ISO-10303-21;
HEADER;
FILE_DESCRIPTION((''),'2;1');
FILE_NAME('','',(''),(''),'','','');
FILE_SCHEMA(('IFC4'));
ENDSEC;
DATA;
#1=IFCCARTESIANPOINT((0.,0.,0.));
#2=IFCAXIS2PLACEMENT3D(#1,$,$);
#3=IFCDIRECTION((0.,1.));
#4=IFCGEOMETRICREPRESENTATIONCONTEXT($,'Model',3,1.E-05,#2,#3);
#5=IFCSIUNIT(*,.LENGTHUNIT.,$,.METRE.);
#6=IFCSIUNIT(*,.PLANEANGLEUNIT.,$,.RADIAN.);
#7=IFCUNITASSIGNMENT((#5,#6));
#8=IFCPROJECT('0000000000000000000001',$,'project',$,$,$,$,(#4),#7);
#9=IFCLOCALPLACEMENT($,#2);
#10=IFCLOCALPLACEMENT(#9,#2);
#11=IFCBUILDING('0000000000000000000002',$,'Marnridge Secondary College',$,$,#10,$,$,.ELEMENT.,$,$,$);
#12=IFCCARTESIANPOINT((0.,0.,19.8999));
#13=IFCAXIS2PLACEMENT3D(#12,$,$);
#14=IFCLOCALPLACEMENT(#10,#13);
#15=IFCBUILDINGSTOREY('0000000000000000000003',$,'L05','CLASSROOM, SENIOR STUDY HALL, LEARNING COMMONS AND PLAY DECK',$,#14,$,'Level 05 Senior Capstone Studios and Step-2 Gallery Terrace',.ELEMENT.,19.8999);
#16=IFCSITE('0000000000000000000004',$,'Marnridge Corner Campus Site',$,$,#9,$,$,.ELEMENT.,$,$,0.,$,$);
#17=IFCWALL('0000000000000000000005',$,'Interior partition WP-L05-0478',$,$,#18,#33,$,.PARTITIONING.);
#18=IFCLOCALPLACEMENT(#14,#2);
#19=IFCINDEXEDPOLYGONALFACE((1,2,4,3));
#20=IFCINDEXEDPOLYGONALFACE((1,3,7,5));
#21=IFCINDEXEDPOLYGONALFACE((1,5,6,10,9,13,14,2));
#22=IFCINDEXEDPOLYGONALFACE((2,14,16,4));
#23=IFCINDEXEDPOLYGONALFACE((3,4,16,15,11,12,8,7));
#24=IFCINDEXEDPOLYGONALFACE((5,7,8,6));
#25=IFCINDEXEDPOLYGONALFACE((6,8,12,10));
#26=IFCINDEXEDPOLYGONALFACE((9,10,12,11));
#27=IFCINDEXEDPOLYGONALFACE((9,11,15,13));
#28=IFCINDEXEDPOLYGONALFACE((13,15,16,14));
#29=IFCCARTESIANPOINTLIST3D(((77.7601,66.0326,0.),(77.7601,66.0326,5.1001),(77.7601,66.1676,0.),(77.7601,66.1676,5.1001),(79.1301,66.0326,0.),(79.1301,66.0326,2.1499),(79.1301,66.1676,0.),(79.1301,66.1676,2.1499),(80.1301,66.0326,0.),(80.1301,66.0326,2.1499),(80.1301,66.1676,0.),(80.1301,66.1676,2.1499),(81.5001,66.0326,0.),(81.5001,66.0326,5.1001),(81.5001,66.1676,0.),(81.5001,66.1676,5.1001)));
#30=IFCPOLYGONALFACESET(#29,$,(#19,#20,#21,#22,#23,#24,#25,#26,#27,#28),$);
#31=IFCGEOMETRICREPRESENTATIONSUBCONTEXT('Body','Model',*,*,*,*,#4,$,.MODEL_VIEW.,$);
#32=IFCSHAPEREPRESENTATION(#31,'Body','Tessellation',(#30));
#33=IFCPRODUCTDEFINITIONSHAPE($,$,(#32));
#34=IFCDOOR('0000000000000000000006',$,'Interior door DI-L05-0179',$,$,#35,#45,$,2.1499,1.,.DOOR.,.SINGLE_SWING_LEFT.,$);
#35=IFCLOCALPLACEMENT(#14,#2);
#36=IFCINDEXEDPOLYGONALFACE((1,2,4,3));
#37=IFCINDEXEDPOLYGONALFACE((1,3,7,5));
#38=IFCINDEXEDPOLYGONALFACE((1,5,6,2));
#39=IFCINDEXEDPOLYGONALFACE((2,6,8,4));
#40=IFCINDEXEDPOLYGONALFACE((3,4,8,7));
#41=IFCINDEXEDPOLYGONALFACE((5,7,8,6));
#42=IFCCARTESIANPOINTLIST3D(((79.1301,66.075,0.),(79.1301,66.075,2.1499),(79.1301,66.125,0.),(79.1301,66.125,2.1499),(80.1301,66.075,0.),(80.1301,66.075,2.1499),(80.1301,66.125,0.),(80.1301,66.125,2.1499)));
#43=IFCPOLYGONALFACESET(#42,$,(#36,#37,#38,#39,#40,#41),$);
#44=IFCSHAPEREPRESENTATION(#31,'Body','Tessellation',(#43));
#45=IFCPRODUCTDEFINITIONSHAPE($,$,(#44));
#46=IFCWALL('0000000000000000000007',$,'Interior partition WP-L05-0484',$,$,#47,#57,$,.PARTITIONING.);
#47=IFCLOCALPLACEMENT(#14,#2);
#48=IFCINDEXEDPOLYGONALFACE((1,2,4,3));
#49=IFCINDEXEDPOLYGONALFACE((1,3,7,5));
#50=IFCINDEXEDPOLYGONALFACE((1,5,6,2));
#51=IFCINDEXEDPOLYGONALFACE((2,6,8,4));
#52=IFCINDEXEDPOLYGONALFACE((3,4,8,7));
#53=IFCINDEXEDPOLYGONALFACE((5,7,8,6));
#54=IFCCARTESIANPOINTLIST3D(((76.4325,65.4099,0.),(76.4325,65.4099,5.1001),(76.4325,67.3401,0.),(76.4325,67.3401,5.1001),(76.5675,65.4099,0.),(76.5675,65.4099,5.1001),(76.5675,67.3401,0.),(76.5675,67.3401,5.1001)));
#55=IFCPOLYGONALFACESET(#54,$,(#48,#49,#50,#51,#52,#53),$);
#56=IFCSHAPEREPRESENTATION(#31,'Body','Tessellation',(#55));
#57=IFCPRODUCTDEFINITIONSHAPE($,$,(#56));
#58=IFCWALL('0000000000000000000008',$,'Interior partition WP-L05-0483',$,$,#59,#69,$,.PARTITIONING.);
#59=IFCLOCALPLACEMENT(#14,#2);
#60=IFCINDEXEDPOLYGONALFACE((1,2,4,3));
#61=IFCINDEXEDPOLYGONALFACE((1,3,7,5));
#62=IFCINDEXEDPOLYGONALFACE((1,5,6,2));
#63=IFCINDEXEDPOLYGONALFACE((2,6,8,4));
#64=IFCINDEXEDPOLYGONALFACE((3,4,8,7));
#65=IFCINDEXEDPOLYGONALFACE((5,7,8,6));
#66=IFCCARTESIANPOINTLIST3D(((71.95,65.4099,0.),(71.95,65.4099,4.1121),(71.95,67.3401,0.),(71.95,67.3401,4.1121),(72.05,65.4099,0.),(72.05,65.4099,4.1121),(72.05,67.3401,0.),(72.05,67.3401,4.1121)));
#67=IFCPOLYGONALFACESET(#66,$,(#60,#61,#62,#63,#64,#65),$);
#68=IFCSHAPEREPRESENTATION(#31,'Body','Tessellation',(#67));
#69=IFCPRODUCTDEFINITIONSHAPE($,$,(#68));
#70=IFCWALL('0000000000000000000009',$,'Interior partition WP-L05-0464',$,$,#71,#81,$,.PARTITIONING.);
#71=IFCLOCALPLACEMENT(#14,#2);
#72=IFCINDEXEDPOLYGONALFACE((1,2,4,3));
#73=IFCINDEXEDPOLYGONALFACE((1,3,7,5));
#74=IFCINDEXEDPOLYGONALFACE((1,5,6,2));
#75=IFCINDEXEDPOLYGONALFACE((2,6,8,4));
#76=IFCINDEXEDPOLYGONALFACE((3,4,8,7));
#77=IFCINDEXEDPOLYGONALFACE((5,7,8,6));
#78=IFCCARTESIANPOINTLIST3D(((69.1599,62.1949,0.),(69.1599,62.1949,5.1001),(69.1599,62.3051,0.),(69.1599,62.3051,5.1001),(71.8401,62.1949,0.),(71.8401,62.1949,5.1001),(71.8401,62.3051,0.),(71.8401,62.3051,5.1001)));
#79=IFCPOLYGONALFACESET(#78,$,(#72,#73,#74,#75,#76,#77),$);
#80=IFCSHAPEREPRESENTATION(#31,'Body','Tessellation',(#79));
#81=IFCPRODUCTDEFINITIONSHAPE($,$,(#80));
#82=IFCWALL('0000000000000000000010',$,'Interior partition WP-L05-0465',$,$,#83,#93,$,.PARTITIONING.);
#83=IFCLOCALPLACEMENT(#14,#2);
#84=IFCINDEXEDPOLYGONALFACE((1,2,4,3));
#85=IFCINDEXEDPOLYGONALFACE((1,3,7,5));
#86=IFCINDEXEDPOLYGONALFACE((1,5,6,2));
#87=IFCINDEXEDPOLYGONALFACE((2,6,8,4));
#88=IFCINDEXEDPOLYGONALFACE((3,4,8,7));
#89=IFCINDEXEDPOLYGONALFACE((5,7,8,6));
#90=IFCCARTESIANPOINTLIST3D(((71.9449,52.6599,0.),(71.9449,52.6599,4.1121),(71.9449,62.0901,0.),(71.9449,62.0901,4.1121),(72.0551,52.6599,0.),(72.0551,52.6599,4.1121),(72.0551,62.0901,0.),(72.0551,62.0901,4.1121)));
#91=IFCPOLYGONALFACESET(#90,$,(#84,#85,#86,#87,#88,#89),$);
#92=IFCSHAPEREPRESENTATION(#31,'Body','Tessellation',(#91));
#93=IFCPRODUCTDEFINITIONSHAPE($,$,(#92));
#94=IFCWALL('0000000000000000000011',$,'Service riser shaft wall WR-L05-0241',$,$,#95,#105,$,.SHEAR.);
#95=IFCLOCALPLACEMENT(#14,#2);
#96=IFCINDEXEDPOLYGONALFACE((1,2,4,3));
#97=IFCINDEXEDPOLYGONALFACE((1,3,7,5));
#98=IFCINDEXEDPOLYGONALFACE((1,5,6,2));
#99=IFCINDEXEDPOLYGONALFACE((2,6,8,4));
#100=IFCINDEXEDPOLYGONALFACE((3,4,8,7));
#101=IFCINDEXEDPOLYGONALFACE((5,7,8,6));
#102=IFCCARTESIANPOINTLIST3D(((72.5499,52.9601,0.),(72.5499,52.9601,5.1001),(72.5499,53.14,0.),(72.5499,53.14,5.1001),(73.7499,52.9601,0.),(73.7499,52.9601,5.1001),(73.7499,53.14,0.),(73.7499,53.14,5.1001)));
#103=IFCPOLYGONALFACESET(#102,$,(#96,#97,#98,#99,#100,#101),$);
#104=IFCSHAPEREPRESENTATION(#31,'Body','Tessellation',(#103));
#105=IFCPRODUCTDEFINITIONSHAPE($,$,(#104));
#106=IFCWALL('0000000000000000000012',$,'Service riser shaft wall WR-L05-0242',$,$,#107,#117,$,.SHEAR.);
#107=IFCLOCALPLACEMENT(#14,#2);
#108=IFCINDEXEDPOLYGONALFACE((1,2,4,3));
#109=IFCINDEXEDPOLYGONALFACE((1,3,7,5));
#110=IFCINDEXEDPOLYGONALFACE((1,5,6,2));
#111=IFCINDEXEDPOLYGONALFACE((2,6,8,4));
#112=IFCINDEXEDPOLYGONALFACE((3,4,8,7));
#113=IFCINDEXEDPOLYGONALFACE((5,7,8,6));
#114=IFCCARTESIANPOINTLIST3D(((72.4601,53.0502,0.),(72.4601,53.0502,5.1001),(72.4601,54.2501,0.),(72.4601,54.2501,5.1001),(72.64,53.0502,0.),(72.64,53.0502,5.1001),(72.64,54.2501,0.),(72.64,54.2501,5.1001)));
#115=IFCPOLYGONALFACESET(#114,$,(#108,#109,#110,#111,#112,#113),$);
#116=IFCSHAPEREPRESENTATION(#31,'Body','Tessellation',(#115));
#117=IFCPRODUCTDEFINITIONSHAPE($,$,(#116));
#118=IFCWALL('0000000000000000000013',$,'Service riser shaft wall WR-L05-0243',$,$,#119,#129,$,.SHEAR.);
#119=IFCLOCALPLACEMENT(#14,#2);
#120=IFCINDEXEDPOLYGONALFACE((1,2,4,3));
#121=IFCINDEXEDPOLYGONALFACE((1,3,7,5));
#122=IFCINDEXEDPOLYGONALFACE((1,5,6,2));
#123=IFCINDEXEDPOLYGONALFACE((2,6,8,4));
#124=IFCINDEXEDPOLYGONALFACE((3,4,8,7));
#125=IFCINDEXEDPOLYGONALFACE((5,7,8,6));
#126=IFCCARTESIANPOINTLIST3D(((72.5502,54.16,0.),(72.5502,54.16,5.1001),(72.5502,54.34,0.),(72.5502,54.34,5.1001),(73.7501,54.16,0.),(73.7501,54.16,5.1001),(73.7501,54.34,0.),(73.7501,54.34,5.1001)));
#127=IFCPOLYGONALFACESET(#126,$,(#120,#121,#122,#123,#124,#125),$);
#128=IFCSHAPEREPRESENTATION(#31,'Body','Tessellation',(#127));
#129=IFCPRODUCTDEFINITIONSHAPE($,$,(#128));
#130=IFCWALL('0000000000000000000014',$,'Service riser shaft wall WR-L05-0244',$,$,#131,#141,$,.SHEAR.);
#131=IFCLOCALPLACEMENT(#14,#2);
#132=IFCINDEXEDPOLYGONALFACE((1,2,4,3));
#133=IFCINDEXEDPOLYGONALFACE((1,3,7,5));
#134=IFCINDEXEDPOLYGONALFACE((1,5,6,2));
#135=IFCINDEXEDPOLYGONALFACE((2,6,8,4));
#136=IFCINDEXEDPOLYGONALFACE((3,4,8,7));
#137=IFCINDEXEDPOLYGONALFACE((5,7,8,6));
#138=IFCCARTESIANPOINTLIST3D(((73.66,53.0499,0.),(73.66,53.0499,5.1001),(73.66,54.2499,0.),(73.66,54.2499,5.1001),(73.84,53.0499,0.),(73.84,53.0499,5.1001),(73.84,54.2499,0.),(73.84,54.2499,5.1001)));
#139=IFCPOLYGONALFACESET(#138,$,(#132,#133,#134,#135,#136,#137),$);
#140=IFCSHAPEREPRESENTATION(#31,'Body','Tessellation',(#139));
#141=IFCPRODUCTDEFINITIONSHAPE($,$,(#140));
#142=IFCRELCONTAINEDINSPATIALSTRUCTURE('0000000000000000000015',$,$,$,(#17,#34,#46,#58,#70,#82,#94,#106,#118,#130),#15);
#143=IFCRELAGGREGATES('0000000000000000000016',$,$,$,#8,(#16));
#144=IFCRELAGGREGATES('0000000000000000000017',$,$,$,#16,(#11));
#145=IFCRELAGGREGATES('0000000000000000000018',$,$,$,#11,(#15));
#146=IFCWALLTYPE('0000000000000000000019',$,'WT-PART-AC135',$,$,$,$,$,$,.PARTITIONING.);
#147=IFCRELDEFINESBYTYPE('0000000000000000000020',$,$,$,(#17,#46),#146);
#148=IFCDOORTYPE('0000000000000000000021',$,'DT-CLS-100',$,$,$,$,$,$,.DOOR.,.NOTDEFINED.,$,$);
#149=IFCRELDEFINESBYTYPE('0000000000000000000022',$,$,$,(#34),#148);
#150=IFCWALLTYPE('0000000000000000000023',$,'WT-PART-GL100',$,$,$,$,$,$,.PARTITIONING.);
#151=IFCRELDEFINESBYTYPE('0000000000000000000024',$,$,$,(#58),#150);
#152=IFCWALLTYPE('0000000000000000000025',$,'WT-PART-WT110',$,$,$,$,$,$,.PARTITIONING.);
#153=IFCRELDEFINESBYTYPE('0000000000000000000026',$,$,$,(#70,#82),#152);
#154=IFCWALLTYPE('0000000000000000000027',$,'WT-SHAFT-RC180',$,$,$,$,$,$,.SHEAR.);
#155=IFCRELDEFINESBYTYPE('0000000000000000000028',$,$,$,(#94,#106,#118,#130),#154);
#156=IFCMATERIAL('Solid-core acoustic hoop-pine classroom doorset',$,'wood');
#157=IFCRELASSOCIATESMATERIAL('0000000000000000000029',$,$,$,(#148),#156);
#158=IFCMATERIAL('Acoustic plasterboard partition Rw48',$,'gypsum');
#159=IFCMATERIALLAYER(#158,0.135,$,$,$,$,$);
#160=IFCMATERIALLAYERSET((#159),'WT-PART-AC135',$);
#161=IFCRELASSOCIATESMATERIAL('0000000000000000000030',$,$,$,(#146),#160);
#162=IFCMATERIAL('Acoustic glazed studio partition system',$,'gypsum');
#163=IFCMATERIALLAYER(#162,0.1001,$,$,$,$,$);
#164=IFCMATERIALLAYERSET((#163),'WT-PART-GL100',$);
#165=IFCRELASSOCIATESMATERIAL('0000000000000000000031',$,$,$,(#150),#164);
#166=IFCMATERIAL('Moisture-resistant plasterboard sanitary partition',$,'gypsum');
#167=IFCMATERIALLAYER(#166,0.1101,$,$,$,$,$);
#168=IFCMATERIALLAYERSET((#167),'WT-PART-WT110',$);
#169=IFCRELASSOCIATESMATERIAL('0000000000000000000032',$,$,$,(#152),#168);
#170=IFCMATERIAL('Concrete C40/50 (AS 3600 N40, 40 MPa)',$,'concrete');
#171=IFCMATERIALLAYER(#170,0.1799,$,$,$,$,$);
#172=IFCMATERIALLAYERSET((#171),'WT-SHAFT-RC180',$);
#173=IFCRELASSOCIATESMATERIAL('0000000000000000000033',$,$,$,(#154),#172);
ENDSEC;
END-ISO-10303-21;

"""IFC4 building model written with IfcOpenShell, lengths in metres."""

from ifc_helpers import new_model, si_unit, direction, frame, frame_2d, origin, place, context, subcontext, project, spatial, rectangle, extrude, material, layer, layer_set, type_object, element, fill, save


model = new_model("IFC4")

# Units and contexts
model_context = context("Model", 3, precision=1e-05, world=origin(), true_north=direction((0.0, 1.0)))
body_context = subcontext(model_context, "Body", "Model", "MODEL_VIEW")
ifc_project = project(units=[si_unit("LENGTHUNIT", "METRE"), si_unit("PLANEANGLEUNIT", "RADIAN")], contexts=[model_context])

# Site, building, storey
site_placement = place(None, origin())
site = spatial("IfcSite", under=ifc_project, at=site_placement, Name="Marnridge Corner Campus Site", CompositionType="ELEMENT", RefElevation=0.0)
building_placement = place(site_placement, origin())
building = spatial("IfcBuilding", under=site, at=building_placement, Name="Marnridge Secondary College", CompositionType="ELEMENT")
storey_placement = place(building_placement, frame((0.0, 0.0, 19.8999)))
storey = spatial("IfcBuildingStorey", under=building, at=storey_placement, Name="L05", Description="CLASSROOM, SENIOR STUDY HALL, LEARNING COMMONS AND PLAY DECK", LongName="Level 05 Senior Capstone Studios and Step-2 Gallery Terrace", CompositionType="ELEMENT", Elevation=19.8999)

# Shared definitions
ifc_material_1 = material(Name="Solid-core acoustic hoop-pine classroom doorset", Category="wood")
door_type_1 = type_object("IfcDoorType", Name="DT-CLS-100", OperationType="NOTDEFINED", PredefinedType="DOOR", material=ifc_material_1)

# Wall, opening, door
ifc_material_2 = material(Name="Acoustic plasterboard partition Rw48", Category="gypsum")
ifc_layer_1 = layer(ifc_material_2, 0.135)
ifc_layer_set_1 = layer_set([ifc_layer_1], Name="WT-PART-AC135")
wall_type_1 = type_object("IfcWallType", Name="WT-PART-AC135", PredefinedType="PARTITIONING", material=ifc_layer_set_1)
wall_1_placement = place(storey_placement, frame((77.76, 66.1001, 0.0), z_axis=(0.0, 0.0, 1.0), x_axis=(1.0, 0.0, 0.0)))
wall_1 = element("IfcWall", 1, at=wall_1_placement, inside=storey, type_object=wall_type_1, Name="Interior partition WP-L05-0478", PredefinedType="PARTITIONING", context=body_context, shape_type="SweptSolid", body=[
    extrude(rectangle(XDim=3.74, YDim=0.135, at=frame_2d((1.8701, 0.0))), origin(), (0.0, 0.0, 1.0), 5.1001),
])
opening_1_placement = place(wall_1_placement, frame((1.3701, 0.0, 0.0)))
opening_1 = element("IfcOpeningElement", 2, at=opening_1_placement, cuts=wall_1, PredefinedType="OPENING", context=body_context, shape_type="SweptSolid", body=[
    extrude(rectangle(XDim=1.0, YDim=2.1499, at=frame_2d((0.5, 1.075))), frame((0.0, 0.0774, 0.0), z_axis=(0.0, -1.0, 0.0), x_axis=(1.0, 0.0, 0.0)), (0.0, 0.0, 1.0), 0.155),
])
door_1_placement = place(opening_1_placement, origin())
door_1 = element("IfcDoor", 3, at=door_1_placement, inside=storey, type_object=door_type_1, Name="Interior door DI-L05-0179", OperationType="SINGLE_SWING_LEFT", OverallHeight=2.1499, OverallWidth=1.0, PredefinedType="DOOR", context=body_context, shape_type="SweptSolid", body=[
    extrude(rectangle(XDim=1.0, YDim=2.1499, at=frame_2d((0.5, 1.075))), frame((0.0, 0.0249, 0.0), z_axis=(0.0, -1.0, 0.0), x_axis=(1.0, 0.0, 0.0)), (0.0, 0.0, 1.0), 0.05),
])
fill(opening_1, door_1)

# Walls
wall_2_placement = place(storey_placement, frame((76.5, 65.4099, 0.0), z_axis=(0.0, 0.0, 1.0), x_axis=(0.0, 1.0, 0.0)))
element("IfcWall", 4, at=wall_2_placement, inside=storey, type_object=wall_type_1, Name="Interior partition WP-L05-0484", PredefinedType="PARTITIONING", context=body_context, shape_type="SweptSolid", body=[
    extrude(rectangle(XDim=1.9302, YDim=0.135, at=frame_2d((0.9651, 0.0))), origin(), (0.0, 0.0, 1.0), 5.1001),
])
ifc_material_3 = material(Name="Acoustic glazed studio partition system", Category="gypsum")
ifc_layer_2 = layer(ifc_material_3, 0.1001)
ifc_layer_set_2 = layer_set([ifc_layer_2], Name="WT-PART-GL100")
wall_type_2 = type_object("IfcWallType", Name="WT-PART-GL100", PredefinedType="PARTITIONING", material=ifc_layer_set_2)
wall_3_placement = place(storey_placement, frame((72.0, 65.4099, 0.0), z_axis=(0.0, 0.0, 1.0), x_axis=(0.0, 1.0, 0.0)))
element("IfcWall", 5, at=wall_3_placement, inside=storey, type_object=wall_type_2, Name="Interior partition WP-L05-0483", PredefinedType="PARTITIONING", context=body_context, shape_type="SweptSolid", body=[
    extrude(rectangle(XDim=1.9302, YDim=0.1001, at=frame_2d((0.9651, 0.0))), origin(), (0.0, 0.0, 1.0), 4.1121),
])
ifc_material_4 = material(Name="Moisture-resistant plasterboard sanitary partition", Category="gypsum")
ifc_layer_3 = layer(ifc_material_4, 0.1101)
ifc_layer_set_3 = layer_set([ifc_layer_3], Name="WT-PART-WT110")
wall_type_3 = type_object("IfcWallType", Name="WT-PART-WT110", PredefinedType="PARTITIONING", material=ifc_layer_set_3)
wall_4_placement = place(storey_placement, frame((71.8401, 62.25, 0.0), z_axis=(0.0, 0.0, 1.0), x_axis=(-1.0, 0.0, 0.0)))
element("IfcWall", 6, at=wall_4_placement, inside=storey, type_object=wall_type_3, Name="Interior partition WP-L05-0464", PredefinedType="PARTITIONING", context=body_context, shape_type="SweptSolid", body=[
    extrude(rectangle(XDim=2.6802, YDim=0.1101, at=frame_2d((1.3401, 0.0))), origin(), (0.0, 0.0, 1.0), 5.1001),
])
wall_5_placement = place(storey_placement, frame((72.0, 52.6599, 0.0), z_axis=(0.0, 0.0, 1.0), x_axis=(0.0, 1.0, 0.0)))
element("IfcWall", 7, at=wall_5_placement, inside=storey, type_object=wall_type_3, Name="Interior partition WP-L05-0465", PredefinedType="PARTITIONING", context=body_context, shape_type="SweptSolid", body=[
    extrude(rectangle(XDim=9.4302, YDim=0.1101, at=frame_2d((4.7151, 0.0))), origin(), (0.0, 0.0, 1.0), 4.1121),
])
ifc_material_5 = material(Name="Concrete C40/50 (AS 3600 N40, 40 MPa)", Category="concrete")
ifc_layer_4 = layer(ifc_material_5, 0.1799)
ifc_layer_set_4 = layer_set([ifc_layer_4], Name="WT-SHAFT-RC180")
wall_type_4 = type_object("IfcWallType", Name="WT-SHAFT-RC180", PredefinedType="SHEAR", material=ifc_layer_set_4)
for number, where, z_axis, x_axis, name in (
    (8, (73.75, 53.05, 0.0), (0.0, 0.0, 1.0), (-1.0, 0.0, 0.0), "Service riser shaft wall WR-L05-0241"),
    (9, (72.55, 53.05, 0.0), (0.0, 0.0, 1.0), (0.0, 1.0, 0.0), "Service riser shaft wall WR-L05-0242"),
    (10, (72.55, 54.25, 0.0), (0.0, 0.0, 1.0), (1.0, 0.0, 0.0), "Service riser shaft wall WR-L05-0243"),
    (11, (73.75, 54.25, 0.0), (0.0, 0.0, 1.0), (0.0, -1.0, 0.0), "Service riser shaft wall WR-L05-0244"),
):
    element("IfcWall", number, at=place(storey_placement, frame(where, z_axis=z_axis, x_axis=x_axis)), inside=storey, type_object=wall_type_4, Name=name, PredefinedType="SHEAR", context=body_context, shape_type="SweptSolid", body=[
        extrude(rectangle(XDim=1.2, YDim=0.1799, at=frame_2d((0.6001, 0.0))), origin(), (0.0, 0.0, 1.0), 5.1001),
    ])

save(model, "model.ifc")
